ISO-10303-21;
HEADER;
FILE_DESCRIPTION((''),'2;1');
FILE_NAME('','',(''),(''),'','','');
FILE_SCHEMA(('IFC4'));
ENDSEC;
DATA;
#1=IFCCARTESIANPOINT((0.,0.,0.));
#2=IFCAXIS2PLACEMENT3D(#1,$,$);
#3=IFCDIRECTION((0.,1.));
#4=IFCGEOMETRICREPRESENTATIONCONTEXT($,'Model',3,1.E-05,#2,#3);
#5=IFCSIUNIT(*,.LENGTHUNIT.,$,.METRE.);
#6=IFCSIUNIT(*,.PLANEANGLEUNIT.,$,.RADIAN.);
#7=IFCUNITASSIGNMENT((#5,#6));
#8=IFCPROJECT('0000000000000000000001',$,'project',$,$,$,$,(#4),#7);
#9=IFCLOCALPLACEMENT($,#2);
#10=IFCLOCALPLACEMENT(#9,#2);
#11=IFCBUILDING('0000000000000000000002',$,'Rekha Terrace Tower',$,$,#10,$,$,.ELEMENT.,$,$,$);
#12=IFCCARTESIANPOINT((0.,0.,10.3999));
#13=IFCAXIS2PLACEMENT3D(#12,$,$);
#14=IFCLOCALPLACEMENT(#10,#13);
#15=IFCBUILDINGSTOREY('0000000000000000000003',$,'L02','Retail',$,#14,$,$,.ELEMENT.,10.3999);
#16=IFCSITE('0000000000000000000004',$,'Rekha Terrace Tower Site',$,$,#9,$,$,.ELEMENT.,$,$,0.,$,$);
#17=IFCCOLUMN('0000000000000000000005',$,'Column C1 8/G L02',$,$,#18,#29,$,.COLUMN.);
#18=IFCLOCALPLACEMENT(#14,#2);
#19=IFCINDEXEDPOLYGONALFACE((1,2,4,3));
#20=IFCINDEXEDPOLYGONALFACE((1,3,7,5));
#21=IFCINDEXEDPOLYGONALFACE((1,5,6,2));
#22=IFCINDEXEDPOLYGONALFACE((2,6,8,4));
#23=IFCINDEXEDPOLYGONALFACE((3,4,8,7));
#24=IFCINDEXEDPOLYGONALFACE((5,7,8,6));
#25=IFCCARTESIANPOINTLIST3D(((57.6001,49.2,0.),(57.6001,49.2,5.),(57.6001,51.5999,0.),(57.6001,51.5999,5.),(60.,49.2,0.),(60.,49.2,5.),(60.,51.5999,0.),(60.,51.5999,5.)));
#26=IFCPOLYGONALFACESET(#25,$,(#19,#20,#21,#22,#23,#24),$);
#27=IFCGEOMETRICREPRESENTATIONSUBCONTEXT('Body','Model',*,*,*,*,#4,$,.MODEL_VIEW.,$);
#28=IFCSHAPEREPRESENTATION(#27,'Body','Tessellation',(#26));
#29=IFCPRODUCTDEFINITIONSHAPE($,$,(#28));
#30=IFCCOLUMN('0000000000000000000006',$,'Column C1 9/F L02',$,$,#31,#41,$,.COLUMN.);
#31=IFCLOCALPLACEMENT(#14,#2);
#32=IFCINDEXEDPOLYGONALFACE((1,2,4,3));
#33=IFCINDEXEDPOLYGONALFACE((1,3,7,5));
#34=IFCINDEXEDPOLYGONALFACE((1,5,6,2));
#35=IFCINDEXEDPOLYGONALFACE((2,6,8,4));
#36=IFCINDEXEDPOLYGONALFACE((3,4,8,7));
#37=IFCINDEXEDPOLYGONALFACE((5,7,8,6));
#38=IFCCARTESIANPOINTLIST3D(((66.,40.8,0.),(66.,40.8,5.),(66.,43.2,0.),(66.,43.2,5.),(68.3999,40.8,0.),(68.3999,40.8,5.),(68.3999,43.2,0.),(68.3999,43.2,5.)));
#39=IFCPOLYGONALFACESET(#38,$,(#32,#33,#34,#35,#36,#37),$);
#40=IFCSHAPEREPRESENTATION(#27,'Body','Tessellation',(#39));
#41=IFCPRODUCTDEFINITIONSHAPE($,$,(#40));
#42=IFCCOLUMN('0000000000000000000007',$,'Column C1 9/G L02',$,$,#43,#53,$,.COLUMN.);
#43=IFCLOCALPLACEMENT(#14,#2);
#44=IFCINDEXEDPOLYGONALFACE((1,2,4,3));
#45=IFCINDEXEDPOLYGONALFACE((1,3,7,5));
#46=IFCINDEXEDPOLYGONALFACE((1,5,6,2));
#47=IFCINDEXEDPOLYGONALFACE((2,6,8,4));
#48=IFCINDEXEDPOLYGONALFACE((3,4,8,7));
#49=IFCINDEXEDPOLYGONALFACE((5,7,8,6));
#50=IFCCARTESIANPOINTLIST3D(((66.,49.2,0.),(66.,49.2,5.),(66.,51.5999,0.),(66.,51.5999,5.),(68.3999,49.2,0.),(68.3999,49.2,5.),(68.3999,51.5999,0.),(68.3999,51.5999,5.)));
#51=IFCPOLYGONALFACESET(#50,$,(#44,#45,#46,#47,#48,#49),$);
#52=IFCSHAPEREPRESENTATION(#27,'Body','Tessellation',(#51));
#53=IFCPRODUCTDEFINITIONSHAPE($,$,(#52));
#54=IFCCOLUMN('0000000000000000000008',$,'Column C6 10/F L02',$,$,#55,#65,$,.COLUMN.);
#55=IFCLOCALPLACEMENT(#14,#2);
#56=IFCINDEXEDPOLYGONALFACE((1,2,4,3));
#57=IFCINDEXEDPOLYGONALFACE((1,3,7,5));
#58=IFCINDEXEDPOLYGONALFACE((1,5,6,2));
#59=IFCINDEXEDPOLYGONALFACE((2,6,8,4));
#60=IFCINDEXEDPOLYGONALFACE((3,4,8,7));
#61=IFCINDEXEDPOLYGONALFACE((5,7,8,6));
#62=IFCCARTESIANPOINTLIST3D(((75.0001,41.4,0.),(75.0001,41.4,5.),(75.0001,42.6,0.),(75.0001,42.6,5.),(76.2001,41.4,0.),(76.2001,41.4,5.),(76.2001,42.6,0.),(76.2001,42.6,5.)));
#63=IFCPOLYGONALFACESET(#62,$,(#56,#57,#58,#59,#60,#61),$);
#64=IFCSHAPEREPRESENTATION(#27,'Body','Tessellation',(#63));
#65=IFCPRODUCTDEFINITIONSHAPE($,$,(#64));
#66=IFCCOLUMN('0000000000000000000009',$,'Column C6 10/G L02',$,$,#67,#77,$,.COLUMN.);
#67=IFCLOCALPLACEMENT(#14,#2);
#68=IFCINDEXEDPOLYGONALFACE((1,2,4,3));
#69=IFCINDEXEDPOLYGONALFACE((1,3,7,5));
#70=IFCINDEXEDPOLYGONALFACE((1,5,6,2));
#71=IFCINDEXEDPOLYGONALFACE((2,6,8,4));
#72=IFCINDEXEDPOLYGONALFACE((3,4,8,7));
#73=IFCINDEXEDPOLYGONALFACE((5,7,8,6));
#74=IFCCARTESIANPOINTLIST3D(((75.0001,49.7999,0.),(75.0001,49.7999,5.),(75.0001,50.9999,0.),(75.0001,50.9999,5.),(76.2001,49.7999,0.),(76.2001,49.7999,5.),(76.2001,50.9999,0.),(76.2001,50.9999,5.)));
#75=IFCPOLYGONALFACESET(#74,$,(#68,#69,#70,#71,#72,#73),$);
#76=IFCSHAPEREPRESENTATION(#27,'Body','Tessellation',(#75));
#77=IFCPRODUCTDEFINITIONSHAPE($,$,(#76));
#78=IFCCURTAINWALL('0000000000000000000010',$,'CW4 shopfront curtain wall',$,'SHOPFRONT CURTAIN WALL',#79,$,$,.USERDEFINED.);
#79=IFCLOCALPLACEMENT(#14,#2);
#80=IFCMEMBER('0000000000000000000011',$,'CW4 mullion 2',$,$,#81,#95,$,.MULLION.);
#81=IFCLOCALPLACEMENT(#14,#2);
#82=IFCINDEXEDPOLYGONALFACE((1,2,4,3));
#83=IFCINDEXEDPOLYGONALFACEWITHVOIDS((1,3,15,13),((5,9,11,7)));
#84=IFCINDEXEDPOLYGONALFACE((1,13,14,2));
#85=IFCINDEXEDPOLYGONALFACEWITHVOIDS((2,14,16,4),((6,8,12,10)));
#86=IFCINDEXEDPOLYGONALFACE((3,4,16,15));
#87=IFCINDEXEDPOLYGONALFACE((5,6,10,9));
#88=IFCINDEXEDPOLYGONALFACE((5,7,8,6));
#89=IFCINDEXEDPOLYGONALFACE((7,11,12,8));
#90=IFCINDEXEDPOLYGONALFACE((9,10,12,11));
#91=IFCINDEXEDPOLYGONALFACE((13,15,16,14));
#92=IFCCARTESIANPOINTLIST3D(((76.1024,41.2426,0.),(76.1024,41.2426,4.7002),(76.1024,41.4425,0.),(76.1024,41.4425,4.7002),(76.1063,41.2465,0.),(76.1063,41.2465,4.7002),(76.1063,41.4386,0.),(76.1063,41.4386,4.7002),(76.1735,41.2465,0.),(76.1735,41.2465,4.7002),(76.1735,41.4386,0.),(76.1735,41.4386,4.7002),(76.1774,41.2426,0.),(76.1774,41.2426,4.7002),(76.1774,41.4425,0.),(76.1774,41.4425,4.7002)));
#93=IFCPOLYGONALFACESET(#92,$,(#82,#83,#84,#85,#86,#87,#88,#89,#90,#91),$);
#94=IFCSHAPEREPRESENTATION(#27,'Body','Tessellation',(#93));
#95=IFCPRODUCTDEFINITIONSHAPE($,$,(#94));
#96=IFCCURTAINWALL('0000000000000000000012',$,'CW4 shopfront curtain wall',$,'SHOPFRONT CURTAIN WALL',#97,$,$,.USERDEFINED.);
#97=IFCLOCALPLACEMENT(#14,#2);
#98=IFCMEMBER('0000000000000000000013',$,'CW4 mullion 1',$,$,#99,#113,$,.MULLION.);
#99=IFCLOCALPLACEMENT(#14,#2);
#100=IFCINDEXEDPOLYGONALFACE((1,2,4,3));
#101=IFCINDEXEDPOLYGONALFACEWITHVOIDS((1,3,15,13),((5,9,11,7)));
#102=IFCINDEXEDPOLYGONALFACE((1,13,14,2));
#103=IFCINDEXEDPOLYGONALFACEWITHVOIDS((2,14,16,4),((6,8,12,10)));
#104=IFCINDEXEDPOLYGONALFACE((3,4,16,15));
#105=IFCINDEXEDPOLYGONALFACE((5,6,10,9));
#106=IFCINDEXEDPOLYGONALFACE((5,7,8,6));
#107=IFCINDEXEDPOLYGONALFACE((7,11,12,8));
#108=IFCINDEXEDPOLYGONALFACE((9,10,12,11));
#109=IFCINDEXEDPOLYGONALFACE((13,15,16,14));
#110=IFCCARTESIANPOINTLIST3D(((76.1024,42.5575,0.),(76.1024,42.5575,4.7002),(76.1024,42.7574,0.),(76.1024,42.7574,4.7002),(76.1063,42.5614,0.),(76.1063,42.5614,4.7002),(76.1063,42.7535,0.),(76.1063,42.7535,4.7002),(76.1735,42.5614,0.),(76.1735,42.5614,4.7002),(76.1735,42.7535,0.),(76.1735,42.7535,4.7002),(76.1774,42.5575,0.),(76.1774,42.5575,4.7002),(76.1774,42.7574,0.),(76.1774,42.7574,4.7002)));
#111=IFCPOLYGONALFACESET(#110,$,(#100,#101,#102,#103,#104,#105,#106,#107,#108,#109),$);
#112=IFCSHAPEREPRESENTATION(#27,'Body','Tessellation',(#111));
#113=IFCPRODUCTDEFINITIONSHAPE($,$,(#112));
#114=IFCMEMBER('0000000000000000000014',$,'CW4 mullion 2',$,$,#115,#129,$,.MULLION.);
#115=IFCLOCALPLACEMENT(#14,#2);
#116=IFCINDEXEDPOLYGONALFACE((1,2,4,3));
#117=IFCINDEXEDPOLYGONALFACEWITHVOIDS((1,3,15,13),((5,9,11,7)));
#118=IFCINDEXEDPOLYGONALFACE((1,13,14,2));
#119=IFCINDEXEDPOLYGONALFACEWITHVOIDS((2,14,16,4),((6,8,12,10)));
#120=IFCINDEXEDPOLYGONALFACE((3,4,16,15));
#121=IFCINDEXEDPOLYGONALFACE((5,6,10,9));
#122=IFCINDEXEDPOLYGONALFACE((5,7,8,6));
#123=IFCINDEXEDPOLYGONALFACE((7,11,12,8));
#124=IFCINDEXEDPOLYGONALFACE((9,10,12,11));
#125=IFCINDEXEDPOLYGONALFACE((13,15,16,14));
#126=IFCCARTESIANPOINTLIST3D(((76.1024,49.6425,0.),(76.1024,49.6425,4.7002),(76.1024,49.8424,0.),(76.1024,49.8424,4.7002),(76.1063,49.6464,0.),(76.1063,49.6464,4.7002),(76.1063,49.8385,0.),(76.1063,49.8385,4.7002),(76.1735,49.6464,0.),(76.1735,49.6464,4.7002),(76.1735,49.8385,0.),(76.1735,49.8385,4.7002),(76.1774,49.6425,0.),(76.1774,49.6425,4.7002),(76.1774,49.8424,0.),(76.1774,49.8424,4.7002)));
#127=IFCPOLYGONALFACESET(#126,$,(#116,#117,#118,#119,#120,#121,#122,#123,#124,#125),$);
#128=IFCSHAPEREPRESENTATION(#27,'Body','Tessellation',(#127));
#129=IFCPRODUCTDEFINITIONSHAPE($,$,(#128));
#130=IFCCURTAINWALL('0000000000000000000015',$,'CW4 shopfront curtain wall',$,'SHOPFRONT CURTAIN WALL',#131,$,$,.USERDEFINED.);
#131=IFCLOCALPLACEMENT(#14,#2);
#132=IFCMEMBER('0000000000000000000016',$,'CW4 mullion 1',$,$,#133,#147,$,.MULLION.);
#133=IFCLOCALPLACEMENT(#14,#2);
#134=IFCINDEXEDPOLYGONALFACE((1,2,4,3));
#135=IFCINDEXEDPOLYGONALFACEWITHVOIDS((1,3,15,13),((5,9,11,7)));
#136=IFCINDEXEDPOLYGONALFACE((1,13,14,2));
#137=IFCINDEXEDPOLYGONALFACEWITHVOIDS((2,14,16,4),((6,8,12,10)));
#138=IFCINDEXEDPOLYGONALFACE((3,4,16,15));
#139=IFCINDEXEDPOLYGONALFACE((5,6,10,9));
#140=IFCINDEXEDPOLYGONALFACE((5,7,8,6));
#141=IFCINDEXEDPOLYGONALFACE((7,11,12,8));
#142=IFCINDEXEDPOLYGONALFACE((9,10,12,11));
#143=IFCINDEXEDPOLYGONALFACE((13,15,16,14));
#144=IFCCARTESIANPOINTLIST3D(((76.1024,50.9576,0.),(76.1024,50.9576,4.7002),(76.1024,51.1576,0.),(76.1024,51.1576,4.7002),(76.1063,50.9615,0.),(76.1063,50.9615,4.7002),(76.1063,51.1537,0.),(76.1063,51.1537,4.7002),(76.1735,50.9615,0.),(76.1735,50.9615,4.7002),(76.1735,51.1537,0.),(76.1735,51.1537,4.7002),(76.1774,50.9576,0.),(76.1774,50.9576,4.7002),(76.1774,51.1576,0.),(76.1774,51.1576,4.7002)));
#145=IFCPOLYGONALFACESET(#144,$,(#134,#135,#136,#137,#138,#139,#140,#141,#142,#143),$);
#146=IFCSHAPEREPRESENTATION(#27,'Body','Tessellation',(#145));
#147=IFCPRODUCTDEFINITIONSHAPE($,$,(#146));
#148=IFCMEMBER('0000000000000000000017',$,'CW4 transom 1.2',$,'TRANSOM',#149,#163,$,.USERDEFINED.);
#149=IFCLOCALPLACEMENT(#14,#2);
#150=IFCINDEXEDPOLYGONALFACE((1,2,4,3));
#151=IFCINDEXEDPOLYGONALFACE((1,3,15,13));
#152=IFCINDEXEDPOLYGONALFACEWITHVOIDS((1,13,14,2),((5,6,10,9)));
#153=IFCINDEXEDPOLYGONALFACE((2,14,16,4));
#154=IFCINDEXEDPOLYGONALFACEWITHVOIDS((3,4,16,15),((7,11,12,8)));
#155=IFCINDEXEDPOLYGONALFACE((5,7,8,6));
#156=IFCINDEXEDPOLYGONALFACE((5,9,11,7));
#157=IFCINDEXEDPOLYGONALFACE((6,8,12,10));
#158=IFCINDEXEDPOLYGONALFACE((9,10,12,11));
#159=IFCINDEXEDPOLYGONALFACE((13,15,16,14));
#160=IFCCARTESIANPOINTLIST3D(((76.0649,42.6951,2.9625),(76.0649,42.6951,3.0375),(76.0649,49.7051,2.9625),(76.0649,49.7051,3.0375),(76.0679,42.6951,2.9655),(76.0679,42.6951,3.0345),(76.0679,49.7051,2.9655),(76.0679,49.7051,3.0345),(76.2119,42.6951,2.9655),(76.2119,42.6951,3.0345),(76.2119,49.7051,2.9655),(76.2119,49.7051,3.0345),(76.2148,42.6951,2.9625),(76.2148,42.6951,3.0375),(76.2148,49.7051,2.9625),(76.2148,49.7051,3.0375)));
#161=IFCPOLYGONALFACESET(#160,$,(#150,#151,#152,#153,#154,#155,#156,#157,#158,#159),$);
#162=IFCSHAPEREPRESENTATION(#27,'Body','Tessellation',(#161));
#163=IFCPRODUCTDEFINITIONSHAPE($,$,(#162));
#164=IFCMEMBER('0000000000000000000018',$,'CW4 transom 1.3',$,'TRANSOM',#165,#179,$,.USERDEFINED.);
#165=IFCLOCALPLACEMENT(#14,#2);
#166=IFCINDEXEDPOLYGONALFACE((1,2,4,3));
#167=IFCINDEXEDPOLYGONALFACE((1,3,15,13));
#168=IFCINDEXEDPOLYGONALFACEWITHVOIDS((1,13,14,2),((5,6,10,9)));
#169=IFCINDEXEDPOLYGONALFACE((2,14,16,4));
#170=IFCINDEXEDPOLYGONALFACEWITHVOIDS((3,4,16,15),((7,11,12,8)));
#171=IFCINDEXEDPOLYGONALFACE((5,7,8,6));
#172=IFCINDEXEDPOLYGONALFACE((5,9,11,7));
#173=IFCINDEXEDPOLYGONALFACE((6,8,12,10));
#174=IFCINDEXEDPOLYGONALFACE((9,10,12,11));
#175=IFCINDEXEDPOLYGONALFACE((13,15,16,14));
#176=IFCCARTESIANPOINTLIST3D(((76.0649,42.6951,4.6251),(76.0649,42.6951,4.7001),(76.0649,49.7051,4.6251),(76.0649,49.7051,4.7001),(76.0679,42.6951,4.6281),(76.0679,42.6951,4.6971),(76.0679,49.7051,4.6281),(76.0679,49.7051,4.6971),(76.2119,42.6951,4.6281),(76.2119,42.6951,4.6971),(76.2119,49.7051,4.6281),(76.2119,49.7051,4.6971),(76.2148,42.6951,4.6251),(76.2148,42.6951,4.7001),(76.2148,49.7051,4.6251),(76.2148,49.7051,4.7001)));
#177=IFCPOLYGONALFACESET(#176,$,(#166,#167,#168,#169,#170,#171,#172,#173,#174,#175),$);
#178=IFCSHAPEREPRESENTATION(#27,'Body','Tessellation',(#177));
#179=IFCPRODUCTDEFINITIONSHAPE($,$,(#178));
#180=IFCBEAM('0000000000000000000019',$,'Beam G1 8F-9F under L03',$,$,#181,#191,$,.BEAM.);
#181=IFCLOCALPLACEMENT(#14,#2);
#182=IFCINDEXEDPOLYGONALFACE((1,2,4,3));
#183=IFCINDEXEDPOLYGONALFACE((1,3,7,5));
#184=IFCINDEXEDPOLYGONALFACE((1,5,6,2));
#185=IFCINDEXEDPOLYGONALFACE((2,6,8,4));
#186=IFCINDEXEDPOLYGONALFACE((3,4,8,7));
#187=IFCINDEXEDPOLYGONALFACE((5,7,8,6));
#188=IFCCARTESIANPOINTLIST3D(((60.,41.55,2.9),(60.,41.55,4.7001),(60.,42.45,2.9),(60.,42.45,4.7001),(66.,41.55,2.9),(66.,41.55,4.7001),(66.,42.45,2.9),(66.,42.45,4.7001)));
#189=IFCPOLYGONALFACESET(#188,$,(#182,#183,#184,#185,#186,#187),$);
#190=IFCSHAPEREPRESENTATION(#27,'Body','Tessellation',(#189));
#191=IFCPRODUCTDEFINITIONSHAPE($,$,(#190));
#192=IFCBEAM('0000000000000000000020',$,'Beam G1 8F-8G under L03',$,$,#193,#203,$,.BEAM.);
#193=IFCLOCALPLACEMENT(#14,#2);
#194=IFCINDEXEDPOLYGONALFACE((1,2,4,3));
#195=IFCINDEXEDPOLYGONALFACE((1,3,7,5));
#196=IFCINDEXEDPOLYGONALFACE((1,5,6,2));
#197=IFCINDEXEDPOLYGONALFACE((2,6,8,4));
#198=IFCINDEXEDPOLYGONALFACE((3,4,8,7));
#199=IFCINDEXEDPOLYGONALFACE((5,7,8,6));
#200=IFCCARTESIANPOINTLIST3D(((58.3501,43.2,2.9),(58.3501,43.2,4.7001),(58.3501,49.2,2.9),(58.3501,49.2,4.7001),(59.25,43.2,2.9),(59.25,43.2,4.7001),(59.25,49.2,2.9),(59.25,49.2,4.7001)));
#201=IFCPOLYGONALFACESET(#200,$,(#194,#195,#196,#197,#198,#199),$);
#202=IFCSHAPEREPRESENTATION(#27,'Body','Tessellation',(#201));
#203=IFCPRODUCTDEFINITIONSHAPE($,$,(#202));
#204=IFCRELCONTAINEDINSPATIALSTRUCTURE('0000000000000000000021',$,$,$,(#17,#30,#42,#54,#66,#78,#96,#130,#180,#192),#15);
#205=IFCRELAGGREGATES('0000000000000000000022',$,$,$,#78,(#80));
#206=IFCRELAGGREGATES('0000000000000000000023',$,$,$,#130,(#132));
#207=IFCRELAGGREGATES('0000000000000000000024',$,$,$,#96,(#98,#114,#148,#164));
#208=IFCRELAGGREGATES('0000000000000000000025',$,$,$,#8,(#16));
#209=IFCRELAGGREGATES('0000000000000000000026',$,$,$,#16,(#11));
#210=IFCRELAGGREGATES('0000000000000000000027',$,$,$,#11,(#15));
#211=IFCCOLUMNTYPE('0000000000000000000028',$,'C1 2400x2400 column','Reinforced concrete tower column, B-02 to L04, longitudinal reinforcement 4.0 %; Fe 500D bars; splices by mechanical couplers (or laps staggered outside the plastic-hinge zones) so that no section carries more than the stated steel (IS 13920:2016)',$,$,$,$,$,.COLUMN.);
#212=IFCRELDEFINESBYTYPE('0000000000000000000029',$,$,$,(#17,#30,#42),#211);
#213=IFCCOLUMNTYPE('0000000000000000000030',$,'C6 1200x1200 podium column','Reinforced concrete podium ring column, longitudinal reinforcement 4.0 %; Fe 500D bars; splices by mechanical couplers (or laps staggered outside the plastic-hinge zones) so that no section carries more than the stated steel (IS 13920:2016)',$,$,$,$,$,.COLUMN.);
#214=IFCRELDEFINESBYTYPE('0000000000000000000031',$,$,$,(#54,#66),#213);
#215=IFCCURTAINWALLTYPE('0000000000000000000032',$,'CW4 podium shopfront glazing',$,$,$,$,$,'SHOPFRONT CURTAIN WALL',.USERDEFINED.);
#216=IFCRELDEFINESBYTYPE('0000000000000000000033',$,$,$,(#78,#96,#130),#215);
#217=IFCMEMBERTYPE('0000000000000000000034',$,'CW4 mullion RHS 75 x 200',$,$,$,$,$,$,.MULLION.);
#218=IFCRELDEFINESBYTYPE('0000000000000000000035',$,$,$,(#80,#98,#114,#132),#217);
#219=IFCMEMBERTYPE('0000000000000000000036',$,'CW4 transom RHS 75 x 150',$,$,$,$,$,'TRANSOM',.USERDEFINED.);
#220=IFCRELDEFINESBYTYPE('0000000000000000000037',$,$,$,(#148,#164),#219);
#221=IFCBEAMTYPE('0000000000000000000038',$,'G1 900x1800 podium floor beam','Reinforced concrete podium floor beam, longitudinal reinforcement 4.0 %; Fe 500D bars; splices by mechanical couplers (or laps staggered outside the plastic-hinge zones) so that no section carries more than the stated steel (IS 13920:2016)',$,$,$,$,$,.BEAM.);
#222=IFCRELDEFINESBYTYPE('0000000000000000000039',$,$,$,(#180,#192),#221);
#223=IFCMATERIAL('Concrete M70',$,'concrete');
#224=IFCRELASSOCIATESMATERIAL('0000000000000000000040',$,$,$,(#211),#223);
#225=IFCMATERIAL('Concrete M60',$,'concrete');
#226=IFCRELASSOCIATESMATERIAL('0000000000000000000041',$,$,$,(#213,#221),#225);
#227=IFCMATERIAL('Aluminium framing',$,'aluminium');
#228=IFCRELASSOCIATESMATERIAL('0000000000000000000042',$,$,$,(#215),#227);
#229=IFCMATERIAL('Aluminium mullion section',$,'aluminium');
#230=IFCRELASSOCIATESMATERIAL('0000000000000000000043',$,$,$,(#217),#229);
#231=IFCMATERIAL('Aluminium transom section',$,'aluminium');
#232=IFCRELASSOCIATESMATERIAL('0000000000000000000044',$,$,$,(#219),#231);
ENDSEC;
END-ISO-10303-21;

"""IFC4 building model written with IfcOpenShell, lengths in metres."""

from ifc_helpers import new_model, si_unit, direction, frame, origin, origin_2d, place, context, subcontext, project, spatial, rectangle, hollow_rectangle, extrude, material, material_profile, profile_set, type_object, element, aggregate, save


model = new_model("IFC4")

# Units and contexts
model_context = context("Model", 3, precision=1e-05, world=origin(), true_north=direction((0.0, 1.0)))
body_context = subcontext(model_context, "Body", "Model", "MODEL_VIEW")
ifc_project = project(units=[si_unit("LENGTHUNIT", "METRE"), si_unit("PLANEANGLEUNIT", "RADIAN")], contexts=[model_context])

# Site, building, storey
site_placement = place(None, origin())
site = spatial("IfcSite", under=ifc_project, at=site_placement, Name="Rekha Terrace Tower Site", CompositionType="ELEMENT", RefElevation=0.0)
building_placement = place(site_placement, origin())
building = spatial("IfcBuilding", under=site, at=building_placement, Name="Rekha Terrace Tower", CompositionType="ELEMENT")
storey_placement = place(building_placement, frame((0.0, 0.0, 10.3999)))
storey = spatial("IfcBuildingStorey", under=building, at=storey_placement, Name="L02", Description="Retail", CompositionType="ELEMENT", Elevation=10.3999)

# Columns
ifc_material_1 = material(Name="Concrete M70", Category="concrete")
ifc_material_profile_1 = material_profile(ifc_material_1, rectangle(XDim=2.3999, YDim=2.3999, at=origin_2d()), Name="RC 2400x2400")
ifc_profile_set_1 = profile_set([ifc_material_profile_1], Name="Concrete M70")
column_type_1 = type_object("IfcColumnType", Name="C1 2400x2400 column", Description="Reinforced concrete tower column, B-02 to L04, longitudinal reinforcement 4.0 %; Fe 500D bars; splices by mechanical couplers (or laps staggered outside the plastic-hinge zones) so that no section carries more than the stated steel (IS 13920:2016)", PredefinedType="COLUMN", material=ifc_profile_set_1)
for number, where, z_axis, x_axis, name in (
    (1, (58.8, 50.3999, 0.0), (0.0, 0.0, 1.0), (1.0, 0.0, 0.0), "Column C1 8/G L02"),
    (2, (67.2, 42.0, 0.0), (0.0, 0.0, 1.0), (1.0, 0.0, 0.0), "Column C1 9/F L02"),
    (3, (67.2, 50.3999, 0.0), (0.0, 0.0, 1.0), (1.0, 0.0, 0.0), "Column C1 9/G L02"),
):
    element("IfcColumn", number, at=place(storey_placement, frame(where, z_axis=z_axis, x_axis=x_axis)), inside=storey, type_object=column_type_1, Name=name, PredefinedType="COLUMN", context=body_context, shape_type="SweptSolid", body=[
        extrude(rectangle(XDim=2.3999, YDim=2.3999, at=origin_2d()), origin(), (0.0, 0.0, 1.0), 5.0),
    ])
ifc_material_2 = material(Name="Concrete M60", Category="concrete")
ifc_material_profile_2 = material_profile(ifc_material_2, rectangle(XDim=1.2, YDim=1.2, at=origin_2d()), Name="RC 1200x1200")
ifc_profile_set_2 = profile_set([ifc_material_profile_2], Name="Concrete M60")
column_type_2 = type_object("IfcColumnType", Name="C6 1200x1200 podium column", Description="Reinforced concrete podium ring column, longitudinal reinforcement 4.0 %; Fe 500D bars; splices by mechanical couplers (or laps staggered outside the plastic-hinge zones) so that no section carries more than the stated steel (IS 13920:2016)", PredefinedType="COLUMN", material=ifc_profile_set_2)
for number, where, z_axis, x_axis, name in (
    (4, (75.6001, 42.0, 0.0), (0.0, 0.0, 1.0), (1.0, 0.0, 0.0), "Column C6 10/F L02"),
    (5, (75.6001, 50.3999, 0.0), (0.0, 0.0, 1.0), (1.0, 0.0, 0.0), "Column C6 10/G L02"),
):
    element("IfcColumn", number, at=place(storey_placement, frame(where, z_axis=z_axis, x_axis=x_axis)), inside=storey, type_object=column_type_2, Name=name, PredefinedType="COLUMN", context=body_context, shape_type="SweptSolid", body=[
        extrude(rectangle(XDim=1.2, YDim=1.2, at=origin_2d()), origin(), (0.0, 0.0, 1.0), 5.0),
    ])

# Curtain wall, member
ifc_material_3 = material(Name="Aluminium framing", Category="aluminium")
curtain_wall_type = type_object("IfcCurtainWallType", Name="CW4 podium shopfront glazing", ElementType="SHOPFRONT CURTAIN WALL", PredefinedType="USERDEFINED", material=ifc_material_3)
curtain_wall_1_placement = place(storey_placement, origin())
curtain_wall_1 = element("IfcCurtainWall", 6, at=curtain_wall_1_placement, inside=storey, type_object=curtain_wall_type, Name="CW4 shopfront curtain wall", ObjectType="SHOPFRONT CURTAIN WALL", PredefinedType="USERDEFINED")
ifc_material_4 = material(Name="Aluminium mullion section", Category="aluminium")
ifc_material_profile_3 = material_profile(ifc_material_4, hollow_rectangle(XDim=0.075, YDim=0.2, WallThickness=0.0039, at=origin_2d()), Name="AL RHS 75x200")
ifc_profile_set_3 = profile_set([ifc_material_profile_3], Name="Aluminium mullion section")
member_type_1 = type_object("IfcMemberType", Name="CW4 mullion RHS 75 x 200", PredefinedType="MULLION", material=ifc_profile_set_3)
member_1_placement = place(storey_placement, frame((76.1399, 41.3425, 0.0), z_axis=(0.0, 0.0, 1.0), x_axis=(-1.0, 0.0, 0.0)))
member_1 = element("IfcMember", 7, at=member_1_placement, type_object=member_type_1, Name="CW4 mullion 2", PredefinedType="MULLION", context=body_context, shape_type="SweptSolid", body=[
    extrude(hollow_rectangle(XDim=0.075, YDim=0.2, WallThickness=0.0039, at=origin_2d()), origin(), (0.0, 0.0, 1.0), 4.7002),
])
aggregate(curtain_wall_1, [member_1])

# Curtain wall, members
curtain_wall_2_placement = place(storey_placement, origin())
curtain_wall_2 = element("IfcCurtainWall", 8, at=curtain_wall_2_placement, inside=storey, type_object=curtain_wall_type, Name="CW4 shopfront curtain wall", ObjectType="SHOPFRONT CURTAIN WALL", PredefinedType="USERDEFINED")
member_2_placement = place(storey_placement, frame((76.1399, 42.6575, 0.0), z_axis=(0.0, 0.0, 1.0), x_axis=(-1.0, 0.0, 0.0)))
member_2 = element("IfcMember", 9, at=member_2_placement, type_object=member_type_1, Name="CW4 mullion 1", PredefinedType="MULLION", context=body_context, shape_type="SweptSolid", body=[
    extrude(hollow_rectangle(XDim=0.075, YDim=0.2, WallThickness=0.0039, at=origin_2d()), origin(), (0.0, 0.0, 1.0), 4.7002),
])
member_3_placement = place(storey_placement, frame((76.1399, 49.7424, 0.0), z_axis=(0.0, 0.0, 1.0), x_axis=(-1.0, 0.0, 0.0)))
member_3 = element("IfcMember", 10, at=member_3_placement, type_object=member_type_1, Name="CW4 mullion 2", PredefinedType="MULLION", context=body_context, shape_type="SweptSolid", body=[
    extrude(hollow_rectangle(XDim=0.075, YDim=0.2, WallThickness=0.0039, at=origin_2d()), origin(), (0.0, 0.0, 1.0), 4.7002),
])

# Curtain wall, member
curtain_wall_3_placement = place(storey_placement, origin())
curtain_wall_3 = element("IfcCurtainWall", 11, at=curtain_wall_3_placement, inside=storey, type_object=curtain_wall_type, Name="CW4 shopfront curtain wall", ObjectType="SHOPFRONT CURTAIN WALL", PredefinedType="USERDEFINED")
member_4_placement = place(storey_placement, frame((76.1399, 51.0576, 0.0), z_axis=(0.0, 0.0, 1.0), x_axis=(-1.0, 0.0, 0.0)))
member_4 = element("IfcMember", 12, at=member_4_placement, type_object=member_type_1, Name="CW4 mullion 1", PredefinedType="MULLION", context=body_context, shape_type="SweptSolid", body=[
    extrude(hollow_rectangle(XDim=0.075, YDim=0.2, WallThickness=0.0039, at=origin_2d()), origin(), (0.0, 0.0, 1.0), 4.7002),
])
aggregate(curtain_wall_3, [member_4])

# Members
ifc_material_5 = material(Name="Aluminium transom section", Category="aluminium")
ifc_material_profile_4 = material_profile(ifc_material_5, hollow_rectangle(XDim=0.1499, YDim=0.075, WallThickness=0.0029, at=origin_2d()), Name="AL RHS 150x75")
ifc_profile_set_4 = profile_set([ifc_material_profile_4], Name="Aluminium transom section")
member_type_2 = type_object("IfcMemberType", Name="CW4 transom RHS 75 x 150", ElementType="TRANSOM", PredefinedType="USERDEFINED", material=ifc_profile_set_4)
member_5_placement = place(storey_placement, frame((76.1399, 42.6951, 3.0), z_axis=(0.0, 1.0, 0.0), x_axis=(-1.0, 0.0, 0.0)))
member_5 = element("IfcMember", 13, at=member_5_placement, type_object=member_type_2, Name="CW4 transom 1.2", ObjectType="TRANSOM", PredefinedType="USERDEFINED", context=body_context, shape_type="SweptSolid", body=[
    extrude(hollow_rectangle(XDim=0.1499, YDim=0.075, WallThickness=0.0029, at=origin_2d()), origin(), (0.0, 0.0, 1.0), 7.01),
])
member_6_placement = place(storey_placement, frame((76.1399, 42.6951, 4.6626), z_axis=(0.0, 1.0, 0.0), x_axis=(-1.0, 0.0, 0.0)))
member_6 = element("IfcMember", 14, at=member_6_placement, type_object=member_type_2, Name="CW4 transom 1.3", ObjectType="TRANSOM", PredefinedType="USERDEFINED", context=body_context, shape_type="SweptSolid", body=[
    extrude(hollow_rectangle(XDim=0.1499, YDim=0.075, WallThickness=0.0029, at=origin_2d()), origin(), (0.0, 0.0, 1.0), 7.01),
])

# Beams
ifc_material_profile_5 = material_profile(ifc_material_2, rectangle(XDim=0.8999, YDim=1.8, at=origin_2d()), Name="RC 900x1800")
ifc_profile_set_5 = profile_set([ifc_material_profile_5], Name="Concrete M60")
beam_type = type_object("IfcBeamType", Name="G1 900x1800 podium floor beam", Description="Reinforced concrete podium floor beam, longitudinal reinforcement 4.0 %; Fe 500D bars; splices by mechanical couplers (or laps staggered outside the plastic-hinge zones) so that no section carries more than the stated steel (IS 13920:2016)", PredefinedType="BEAM", material=ifc_profile_set_5)
for number, where, z_axis, x_axis, name in (
    (15, (60.0, 42.0, 3.8), (1.0, 0.0, 0.0), (0.0, 1.0, 0.0), "Beam G1 8F-9F under L03"),
    (16, (58.8, 43.2, 3.8), (0.0, 1.0, 0.0), (-1.0, 0.0, 0.0), "Beam G1 8F-8G under L03"),
):
    element("IfcBeam", number, at=place(storey_placement, frame(where, z_axis=z_axis, x_axis=x_axis)), inside=storey, type_object=beam_type, Name=name, PredefinedType="BEAM", context=body_context, shape_type="SweptSolid", body=[
        extrude(rectangle(XDim=0.8999, YDim=1.8, at=origin_2d()), origin(), (0.0, 0.0, 1.0), 6.0),
    ])

aggregate(curtain_wall_2, [member_2, member_3, member_5, member_6])

save(model, "model.ifc")
